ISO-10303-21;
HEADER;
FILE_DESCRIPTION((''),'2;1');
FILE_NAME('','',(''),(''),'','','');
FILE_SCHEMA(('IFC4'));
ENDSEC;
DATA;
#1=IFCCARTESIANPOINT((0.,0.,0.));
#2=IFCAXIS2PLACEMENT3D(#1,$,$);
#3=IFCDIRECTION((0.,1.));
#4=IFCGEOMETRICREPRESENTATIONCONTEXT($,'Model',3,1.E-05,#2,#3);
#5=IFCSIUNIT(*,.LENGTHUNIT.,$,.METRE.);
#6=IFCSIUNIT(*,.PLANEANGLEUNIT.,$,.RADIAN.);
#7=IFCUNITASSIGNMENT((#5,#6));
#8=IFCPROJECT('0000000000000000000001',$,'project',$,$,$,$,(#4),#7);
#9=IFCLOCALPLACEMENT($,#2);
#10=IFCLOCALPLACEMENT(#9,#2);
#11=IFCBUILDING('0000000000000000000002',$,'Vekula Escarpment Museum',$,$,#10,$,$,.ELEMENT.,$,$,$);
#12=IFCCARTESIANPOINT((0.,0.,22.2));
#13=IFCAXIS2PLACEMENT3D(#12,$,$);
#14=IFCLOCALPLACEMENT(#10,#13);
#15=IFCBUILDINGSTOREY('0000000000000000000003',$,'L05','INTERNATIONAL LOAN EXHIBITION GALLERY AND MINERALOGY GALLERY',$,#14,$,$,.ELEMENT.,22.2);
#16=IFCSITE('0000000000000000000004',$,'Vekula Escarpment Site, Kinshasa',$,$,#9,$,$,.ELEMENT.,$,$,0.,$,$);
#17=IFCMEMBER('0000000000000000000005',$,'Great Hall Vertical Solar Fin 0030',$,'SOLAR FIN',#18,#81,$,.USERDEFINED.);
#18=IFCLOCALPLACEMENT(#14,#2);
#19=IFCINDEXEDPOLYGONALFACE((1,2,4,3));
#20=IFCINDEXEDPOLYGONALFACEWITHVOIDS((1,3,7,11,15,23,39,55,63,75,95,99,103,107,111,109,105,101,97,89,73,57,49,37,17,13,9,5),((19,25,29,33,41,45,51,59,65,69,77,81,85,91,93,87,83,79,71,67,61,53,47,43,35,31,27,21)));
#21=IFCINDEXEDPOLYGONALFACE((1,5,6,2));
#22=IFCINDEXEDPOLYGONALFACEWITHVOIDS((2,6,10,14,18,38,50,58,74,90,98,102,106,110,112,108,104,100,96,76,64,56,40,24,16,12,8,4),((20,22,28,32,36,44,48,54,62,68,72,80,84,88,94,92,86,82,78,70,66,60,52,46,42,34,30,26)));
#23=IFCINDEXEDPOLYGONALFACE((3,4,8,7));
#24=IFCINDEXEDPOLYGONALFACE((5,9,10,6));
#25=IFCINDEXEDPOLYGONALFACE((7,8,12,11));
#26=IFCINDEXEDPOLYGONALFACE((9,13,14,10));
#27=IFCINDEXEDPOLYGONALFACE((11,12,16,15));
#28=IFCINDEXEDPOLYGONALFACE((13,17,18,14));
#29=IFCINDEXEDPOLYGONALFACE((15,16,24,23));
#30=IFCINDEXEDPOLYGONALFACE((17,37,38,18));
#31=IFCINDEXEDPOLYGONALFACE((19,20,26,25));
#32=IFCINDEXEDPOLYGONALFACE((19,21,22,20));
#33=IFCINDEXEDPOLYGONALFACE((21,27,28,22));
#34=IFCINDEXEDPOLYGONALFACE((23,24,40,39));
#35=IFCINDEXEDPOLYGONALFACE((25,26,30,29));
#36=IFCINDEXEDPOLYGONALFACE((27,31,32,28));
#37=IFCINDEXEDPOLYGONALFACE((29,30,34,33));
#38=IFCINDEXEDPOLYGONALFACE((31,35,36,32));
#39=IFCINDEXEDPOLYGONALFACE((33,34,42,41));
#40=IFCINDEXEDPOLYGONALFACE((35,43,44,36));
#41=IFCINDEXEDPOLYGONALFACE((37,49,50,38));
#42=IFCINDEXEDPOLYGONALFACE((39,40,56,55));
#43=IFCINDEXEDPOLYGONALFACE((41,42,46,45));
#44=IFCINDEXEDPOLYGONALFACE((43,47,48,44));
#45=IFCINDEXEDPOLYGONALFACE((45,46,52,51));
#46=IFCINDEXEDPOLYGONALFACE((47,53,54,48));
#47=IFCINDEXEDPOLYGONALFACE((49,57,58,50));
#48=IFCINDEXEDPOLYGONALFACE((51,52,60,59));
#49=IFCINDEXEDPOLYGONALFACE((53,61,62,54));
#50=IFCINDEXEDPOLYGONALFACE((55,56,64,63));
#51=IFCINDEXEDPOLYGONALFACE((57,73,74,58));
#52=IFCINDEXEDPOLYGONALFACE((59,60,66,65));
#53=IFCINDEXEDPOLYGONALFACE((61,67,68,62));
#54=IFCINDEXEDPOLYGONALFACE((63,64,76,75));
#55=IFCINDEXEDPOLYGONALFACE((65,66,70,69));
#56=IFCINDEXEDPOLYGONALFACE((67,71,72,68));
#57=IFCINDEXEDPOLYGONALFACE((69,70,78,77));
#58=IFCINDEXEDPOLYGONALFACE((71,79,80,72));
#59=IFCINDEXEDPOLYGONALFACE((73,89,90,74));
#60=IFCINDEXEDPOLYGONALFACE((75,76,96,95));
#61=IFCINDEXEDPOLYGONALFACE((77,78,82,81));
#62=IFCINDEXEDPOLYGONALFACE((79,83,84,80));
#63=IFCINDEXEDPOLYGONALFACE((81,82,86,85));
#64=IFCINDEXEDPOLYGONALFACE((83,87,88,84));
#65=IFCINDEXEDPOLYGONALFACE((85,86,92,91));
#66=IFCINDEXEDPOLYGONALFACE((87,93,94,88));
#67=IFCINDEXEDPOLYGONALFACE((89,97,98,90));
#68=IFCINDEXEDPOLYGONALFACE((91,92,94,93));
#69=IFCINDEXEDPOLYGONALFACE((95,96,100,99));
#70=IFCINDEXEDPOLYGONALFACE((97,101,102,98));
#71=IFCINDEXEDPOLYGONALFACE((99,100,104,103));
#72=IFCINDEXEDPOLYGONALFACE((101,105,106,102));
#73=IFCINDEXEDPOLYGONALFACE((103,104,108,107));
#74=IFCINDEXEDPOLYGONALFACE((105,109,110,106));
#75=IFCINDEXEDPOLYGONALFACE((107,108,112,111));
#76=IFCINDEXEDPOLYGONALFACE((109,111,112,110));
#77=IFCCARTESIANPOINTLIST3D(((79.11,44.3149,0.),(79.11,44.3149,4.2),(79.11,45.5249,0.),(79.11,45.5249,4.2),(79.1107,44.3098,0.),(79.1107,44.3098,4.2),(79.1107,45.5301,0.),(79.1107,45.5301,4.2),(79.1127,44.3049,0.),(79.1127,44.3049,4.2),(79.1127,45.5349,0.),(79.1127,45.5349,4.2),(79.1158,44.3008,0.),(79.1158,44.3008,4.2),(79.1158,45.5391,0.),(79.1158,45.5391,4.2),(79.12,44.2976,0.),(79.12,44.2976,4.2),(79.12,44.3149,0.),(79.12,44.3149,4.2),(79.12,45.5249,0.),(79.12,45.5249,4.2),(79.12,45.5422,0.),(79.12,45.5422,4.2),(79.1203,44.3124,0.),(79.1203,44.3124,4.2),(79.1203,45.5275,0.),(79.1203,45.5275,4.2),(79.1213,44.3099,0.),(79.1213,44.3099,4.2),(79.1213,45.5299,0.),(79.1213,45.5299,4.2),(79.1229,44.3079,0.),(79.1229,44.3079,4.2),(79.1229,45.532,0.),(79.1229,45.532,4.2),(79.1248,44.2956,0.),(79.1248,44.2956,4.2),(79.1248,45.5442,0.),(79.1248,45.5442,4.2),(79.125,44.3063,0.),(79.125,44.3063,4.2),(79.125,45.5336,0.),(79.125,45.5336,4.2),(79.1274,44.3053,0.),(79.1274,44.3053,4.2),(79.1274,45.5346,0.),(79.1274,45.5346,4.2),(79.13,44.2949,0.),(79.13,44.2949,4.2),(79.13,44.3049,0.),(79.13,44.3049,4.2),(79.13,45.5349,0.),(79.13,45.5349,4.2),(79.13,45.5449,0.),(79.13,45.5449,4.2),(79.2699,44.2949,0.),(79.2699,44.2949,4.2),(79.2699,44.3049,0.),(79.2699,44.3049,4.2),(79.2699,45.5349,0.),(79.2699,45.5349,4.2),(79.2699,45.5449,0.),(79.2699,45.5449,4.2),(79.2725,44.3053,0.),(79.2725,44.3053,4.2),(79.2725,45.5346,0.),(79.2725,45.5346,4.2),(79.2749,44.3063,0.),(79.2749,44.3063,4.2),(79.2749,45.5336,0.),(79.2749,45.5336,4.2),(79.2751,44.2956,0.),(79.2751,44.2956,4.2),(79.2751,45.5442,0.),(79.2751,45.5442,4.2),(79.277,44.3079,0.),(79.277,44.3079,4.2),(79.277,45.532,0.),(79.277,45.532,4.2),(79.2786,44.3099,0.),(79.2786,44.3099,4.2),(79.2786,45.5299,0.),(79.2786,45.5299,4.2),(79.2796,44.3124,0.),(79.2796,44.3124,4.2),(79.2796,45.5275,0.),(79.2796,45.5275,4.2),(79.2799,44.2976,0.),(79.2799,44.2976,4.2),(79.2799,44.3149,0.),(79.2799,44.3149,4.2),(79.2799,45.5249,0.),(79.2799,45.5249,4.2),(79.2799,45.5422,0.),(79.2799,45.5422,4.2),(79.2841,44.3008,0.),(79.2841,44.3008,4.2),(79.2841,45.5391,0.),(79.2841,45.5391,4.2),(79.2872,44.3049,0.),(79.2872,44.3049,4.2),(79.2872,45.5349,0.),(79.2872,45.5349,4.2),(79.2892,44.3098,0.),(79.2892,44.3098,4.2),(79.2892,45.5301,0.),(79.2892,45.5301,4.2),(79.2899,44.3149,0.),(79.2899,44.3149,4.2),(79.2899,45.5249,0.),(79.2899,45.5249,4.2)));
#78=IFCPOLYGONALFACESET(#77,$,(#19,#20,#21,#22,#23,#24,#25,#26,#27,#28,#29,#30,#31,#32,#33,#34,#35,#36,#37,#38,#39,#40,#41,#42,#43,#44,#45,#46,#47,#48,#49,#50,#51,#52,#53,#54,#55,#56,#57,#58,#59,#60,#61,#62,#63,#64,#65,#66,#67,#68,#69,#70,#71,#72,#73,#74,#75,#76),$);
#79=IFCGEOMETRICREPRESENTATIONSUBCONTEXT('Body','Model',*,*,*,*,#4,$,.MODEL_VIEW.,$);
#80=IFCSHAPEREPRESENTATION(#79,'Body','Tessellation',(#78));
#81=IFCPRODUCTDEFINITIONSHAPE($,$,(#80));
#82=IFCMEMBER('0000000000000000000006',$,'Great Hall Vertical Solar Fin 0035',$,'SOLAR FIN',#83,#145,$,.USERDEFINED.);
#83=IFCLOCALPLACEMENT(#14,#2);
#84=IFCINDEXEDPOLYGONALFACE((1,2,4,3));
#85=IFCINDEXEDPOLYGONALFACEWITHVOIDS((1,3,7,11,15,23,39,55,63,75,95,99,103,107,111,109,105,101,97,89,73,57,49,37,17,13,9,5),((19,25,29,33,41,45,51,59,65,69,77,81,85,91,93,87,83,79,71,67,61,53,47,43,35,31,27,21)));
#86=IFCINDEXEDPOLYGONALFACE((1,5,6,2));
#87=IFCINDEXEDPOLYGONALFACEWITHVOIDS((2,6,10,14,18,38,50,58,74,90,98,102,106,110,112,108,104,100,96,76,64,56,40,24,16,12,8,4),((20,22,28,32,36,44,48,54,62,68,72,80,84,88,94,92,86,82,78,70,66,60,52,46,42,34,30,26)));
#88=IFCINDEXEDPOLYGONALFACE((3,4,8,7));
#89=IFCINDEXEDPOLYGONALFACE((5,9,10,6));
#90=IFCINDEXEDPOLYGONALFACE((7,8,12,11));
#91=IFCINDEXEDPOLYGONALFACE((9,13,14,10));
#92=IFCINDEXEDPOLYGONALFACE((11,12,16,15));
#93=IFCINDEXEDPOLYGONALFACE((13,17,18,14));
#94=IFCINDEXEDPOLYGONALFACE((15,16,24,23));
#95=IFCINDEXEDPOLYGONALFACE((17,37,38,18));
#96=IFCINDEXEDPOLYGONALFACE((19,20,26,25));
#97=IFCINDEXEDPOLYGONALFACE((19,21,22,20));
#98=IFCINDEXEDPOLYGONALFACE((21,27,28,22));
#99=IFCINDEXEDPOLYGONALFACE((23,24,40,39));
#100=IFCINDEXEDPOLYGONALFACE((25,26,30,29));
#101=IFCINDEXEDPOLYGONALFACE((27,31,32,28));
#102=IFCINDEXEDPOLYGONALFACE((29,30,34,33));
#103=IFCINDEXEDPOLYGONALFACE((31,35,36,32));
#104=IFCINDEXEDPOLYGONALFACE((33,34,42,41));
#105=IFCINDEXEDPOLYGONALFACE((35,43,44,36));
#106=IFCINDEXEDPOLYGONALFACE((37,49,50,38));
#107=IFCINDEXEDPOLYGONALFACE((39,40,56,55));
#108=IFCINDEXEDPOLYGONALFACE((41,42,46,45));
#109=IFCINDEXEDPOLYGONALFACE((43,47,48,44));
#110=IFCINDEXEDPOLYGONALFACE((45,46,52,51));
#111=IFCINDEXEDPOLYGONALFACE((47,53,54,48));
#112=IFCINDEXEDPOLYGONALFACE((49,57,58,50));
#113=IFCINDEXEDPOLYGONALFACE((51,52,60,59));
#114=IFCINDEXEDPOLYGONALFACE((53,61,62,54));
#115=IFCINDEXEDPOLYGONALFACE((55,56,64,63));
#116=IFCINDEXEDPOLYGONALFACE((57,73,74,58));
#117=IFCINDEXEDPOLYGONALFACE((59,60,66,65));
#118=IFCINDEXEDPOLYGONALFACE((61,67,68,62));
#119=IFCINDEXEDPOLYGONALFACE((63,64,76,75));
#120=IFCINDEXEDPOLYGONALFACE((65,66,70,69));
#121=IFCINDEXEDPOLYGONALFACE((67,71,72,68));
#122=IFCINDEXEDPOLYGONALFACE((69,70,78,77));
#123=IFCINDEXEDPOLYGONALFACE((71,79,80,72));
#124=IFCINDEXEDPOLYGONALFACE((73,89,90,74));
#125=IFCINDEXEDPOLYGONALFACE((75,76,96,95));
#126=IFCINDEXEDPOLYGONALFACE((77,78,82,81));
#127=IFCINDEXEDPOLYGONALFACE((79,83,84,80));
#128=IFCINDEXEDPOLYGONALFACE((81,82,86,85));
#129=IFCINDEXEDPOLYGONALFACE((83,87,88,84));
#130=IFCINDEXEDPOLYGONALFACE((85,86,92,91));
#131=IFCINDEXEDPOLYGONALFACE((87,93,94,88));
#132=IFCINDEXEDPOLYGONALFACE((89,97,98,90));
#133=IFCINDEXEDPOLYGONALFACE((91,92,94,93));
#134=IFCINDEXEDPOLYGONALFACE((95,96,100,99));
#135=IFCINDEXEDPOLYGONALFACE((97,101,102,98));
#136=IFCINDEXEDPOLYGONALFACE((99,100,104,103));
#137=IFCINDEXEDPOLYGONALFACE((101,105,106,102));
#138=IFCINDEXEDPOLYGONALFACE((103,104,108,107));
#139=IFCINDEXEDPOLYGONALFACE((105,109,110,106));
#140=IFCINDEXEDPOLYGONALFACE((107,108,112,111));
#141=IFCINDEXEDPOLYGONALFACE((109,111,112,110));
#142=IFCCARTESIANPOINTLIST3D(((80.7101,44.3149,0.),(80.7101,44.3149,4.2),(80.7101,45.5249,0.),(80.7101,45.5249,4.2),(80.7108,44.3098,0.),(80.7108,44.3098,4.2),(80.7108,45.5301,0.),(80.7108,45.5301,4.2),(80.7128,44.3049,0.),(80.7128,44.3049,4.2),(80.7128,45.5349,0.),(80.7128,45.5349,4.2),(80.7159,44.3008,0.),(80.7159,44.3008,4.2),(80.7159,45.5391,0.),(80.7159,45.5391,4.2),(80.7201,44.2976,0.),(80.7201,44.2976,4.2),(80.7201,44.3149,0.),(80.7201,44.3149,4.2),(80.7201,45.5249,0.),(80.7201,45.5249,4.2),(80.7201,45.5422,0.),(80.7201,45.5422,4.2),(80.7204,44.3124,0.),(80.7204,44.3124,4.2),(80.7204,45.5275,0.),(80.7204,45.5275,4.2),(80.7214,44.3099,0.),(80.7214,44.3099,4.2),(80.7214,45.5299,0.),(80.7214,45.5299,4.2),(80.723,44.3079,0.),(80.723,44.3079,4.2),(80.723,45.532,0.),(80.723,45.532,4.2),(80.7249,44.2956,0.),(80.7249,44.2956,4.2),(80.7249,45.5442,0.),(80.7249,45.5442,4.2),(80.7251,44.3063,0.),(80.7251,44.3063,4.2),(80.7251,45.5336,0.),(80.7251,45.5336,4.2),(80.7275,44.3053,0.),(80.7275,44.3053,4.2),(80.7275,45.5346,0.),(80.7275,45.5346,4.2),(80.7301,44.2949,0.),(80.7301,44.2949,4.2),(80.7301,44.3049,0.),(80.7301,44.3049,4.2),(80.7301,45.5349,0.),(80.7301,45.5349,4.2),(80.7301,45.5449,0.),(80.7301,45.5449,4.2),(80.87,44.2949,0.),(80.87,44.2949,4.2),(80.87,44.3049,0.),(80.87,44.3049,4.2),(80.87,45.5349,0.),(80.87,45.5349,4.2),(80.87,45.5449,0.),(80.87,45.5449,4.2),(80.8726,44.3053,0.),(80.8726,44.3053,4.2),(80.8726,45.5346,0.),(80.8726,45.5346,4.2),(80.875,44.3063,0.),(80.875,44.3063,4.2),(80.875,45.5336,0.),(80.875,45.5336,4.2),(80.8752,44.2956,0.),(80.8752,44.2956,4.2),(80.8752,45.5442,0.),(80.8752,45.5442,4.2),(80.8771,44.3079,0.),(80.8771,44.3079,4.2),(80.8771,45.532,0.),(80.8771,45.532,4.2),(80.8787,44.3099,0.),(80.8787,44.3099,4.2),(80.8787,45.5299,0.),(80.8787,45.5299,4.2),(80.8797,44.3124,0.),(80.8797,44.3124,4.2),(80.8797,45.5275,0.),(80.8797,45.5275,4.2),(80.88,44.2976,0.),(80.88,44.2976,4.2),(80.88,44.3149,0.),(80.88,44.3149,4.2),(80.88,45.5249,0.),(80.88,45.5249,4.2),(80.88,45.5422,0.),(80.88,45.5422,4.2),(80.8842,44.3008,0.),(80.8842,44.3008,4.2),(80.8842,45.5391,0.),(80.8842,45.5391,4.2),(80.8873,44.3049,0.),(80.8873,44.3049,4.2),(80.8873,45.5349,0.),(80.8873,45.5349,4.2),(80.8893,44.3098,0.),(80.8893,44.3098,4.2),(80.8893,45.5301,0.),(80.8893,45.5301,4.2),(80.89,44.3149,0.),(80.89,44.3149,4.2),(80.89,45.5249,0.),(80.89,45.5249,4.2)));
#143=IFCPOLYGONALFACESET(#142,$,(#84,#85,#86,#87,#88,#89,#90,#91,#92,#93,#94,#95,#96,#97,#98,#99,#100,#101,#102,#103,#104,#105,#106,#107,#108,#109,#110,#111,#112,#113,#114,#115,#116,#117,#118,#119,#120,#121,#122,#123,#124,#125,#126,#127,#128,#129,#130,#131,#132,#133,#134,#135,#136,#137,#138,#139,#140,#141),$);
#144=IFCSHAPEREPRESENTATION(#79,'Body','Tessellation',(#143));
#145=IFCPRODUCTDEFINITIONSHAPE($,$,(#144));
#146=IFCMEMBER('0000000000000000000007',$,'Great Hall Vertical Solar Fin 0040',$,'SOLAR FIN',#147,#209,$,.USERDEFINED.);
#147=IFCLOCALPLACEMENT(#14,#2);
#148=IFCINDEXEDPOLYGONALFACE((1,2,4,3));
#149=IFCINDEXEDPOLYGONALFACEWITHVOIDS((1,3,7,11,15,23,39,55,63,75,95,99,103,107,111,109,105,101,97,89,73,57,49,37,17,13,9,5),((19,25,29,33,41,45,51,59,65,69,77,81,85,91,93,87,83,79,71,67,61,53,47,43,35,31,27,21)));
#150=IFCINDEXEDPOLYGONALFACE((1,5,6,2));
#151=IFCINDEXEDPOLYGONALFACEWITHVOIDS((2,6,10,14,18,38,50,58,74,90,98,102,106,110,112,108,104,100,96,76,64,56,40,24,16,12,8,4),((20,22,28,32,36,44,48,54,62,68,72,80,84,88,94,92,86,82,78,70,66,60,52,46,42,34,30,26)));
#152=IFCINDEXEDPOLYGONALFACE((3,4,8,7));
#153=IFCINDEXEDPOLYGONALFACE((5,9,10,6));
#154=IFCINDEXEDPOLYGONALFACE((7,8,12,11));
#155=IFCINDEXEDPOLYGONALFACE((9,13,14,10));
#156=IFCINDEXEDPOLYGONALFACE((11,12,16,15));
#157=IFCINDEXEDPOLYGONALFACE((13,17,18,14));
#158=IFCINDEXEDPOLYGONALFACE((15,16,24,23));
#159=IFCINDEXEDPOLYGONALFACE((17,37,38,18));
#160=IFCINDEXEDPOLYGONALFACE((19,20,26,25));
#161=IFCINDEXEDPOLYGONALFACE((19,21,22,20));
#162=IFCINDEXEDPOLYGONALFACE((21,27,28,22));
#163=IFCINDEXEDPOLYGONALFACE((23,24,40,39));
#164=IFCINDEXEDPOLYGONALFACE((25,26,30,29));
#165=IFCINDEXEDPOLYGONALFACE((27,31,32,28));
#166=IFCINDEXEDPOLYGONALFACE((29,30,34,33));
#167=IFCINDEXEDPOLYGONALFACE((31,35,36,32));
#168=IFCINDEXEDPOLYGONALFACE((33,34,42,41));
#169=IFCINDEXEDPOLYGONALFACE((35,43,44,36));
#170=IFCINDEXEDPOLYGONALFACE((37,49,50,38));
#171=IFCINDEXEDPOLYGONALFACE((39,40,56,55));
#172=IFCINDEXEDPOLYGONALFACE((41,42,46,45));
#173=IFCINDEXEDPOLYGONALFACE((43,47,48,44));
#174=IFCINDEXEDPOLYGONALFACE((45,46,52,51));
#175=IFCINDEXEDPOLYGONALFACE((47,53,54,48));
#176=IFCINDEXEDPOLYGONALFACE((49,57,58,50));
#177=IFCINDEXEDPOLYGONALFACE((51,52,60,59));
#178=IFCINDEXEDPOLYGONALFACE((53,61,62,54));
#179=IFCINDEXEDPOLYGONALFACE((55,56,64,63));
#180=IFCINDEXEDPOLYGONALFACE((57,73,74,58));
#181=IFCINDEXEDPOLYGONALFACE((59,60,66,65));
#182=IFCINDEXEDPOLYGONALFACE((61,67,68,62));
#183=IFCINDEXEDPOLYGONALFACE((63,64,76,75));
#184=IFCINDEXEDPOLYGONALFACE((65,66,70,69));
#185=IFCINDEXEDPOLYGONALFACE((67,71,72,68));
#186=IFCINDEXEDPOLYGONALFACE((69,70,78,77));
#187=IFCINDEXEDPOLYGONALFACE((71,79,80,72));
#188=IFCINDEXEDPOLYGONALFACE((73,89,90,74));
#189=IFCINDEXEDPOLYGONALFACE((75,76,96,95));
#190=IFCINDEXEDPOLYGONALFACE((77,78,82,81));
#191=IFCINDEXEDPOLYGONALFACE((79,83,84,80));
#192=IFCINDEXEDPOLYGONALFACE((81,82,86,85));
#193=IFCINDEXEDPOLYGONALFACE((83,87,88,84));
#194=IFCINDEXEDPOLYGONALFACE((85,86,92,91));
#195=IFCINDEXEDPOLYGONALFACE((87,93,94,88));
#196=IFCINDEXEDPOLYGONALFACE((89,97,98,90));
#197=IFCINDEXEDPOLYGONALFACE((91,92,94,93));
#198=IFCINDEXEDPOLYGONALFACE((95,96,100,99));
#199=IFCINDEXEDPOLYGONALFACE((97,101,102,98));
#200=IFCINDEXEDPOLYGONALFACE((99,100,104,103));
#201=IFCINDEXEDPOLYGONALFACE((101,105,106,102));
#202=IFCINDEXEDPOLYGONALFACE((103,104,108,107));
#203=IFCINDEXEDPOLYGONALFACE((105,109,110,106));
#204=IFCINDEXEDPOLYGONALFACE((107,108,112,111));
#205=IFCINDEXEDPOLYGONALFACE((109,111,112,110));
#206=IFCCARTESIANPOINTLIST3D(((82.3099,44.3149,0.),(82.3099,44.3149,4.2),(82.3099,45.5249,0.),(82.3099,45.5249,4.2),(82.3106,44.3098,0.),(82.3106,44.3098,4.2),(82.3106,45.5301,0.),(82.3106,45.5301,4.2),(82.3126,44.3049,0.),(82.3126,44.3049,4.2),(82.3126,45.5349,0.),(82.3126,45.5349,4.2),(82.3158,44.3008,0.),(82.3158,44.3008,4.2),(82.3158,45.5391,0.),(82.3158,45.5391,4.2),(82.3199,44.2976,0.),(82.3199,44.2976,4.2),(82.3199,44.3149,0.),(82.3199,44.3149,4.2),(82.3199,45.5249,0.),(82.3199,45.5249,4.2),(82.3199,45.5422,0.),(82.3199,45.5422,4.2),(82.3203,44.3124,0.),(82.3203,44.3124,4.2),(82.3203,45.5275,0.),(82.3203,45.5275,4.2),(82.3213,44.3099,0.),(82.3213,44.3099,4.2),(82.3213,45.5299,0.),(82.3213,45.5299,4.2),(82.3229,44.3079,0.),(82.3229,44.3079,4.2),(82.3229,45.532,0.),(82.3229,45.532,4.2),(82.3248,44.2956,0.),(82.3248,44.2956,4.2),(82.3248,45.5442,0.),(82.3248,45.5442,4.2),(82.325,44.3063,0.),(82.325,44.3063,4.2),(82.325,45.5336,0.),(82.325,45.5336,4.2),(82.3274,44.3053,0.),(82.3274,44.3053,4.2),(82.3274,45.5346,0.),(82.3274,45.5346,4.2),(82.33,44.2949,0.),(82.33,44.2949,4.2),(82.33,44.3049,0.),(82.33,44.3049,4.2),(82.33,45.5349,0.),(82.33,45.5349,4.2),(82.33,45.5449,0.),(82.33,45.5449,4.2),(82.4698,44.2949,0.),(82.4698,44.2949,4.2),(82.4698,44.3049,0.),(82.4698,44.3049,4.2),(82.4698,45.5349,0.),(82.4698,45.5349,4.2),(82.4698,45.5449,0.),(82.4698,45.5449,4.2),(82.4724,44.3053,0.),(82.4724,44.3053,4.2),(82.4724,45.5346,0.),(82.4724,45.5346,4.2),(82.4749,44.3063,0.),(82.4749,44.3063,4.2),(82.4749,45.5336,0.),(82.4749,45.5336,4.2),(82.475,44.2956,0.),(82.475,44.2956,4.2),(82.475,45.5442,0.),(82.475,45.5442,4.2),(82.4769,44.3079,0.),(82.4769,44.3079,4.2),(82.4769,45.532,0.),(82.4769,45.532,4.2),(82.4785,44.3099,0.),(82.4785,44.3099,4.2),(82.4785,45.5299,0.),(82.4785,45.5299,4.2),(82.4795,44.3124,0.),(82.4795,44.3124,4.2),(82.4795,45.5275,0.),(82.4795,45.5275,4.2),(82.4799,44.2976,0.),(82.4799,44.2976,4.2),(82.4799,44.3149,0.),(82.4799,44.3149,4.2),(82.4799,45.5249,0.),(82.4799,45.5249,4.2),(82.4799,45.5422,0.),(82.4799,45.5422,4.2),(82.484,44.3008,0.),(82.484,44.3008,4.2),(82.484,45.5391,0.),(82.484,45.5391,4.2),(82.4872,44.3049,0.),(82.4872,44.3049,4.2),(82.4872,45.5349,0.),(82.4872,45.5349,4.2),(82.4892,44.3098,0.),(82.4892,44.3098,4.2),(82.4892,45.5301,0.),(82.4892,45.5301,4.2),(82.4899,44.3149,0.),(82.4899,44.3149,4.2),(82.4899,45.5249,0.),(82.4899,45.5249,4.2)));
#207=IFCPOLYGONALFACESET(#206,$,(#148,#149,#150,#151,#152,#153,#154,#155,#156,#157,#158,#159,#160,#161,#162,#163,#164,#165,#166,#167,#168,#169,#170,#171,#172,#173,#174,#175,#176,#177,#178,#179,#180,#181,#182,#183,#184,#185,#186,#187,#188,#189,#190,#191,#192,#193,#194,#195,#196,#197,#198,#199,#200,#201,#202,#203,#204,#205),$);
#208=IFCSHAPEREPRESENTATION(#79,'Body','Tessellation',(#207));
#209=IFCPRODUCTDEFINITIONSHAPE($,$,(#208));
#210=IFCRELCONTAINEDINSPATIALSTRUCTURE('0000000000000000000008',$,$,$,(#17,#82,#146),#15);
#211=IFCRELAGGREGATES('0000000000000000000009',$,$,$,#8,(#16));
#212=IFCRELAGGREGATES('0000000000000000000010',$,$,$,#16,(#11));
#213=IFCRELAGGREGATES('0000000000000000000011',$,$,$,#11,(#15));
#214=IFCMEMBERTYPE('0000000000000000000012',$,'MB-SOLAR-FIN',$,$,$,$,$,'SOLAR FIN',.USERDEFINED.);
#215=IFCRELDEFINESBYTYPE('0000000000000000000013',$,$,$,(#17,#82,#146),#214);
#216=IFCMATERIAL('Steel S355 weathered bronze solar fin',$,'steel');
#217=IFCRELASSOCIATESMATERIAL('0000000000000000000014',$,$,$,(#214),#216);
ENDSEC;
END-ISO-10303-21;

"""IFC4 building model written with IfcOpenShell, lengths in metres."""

from ifc_helpers import new_model, si_unit, direction, frame, origin, origin_2d, place, context, subcontext, project, spatial, hollow_rectangle, extrude, material, material_profile, profile_set, type_object, element, save


model = new_model("IFC4")

# Units and contexts
model_context = context("Model", 3, precision=1e-05, world=origin(), true_north=direction((0.0, 1.0)))
body_context = subcontext(model_context, "Body", "Model", "MODEL_VIEW")
ifc_project = project(units=[si_unit("LENGTHUNIT", "METRE"), si_unit("PLANEANGLEUNIT", "RADIAN")], contexts=[model_context])

# Site, building, storey
site_placement = place(None, origin())
site = spatial("IfcSite", under=ifc_project, at=site_placement, Name="Vekula Escarpment Site, Kinshasa", CompositionType="ELEMENT", RefElevation=0.0)
building_placement = place(site_placement, origin())
building = spatial("IfcBuilding", under=site, at=building_placement, Name="Vekula Escarpment Museum", CompositionType="ELEMENT")
storey_placement = place(building_placement, frame((0.0, 0.0, 22.2)))
storey = spatial("IfcBuildingStorey", under=building, at=storey_placement, Name="L05", Description="INTERNATIONAL LOAN EXHIBITION GALLERY AND MINERALOGY GALLERY", CompositionType="ELEMENT", Elevation=22.2)

# Members
ifc_material_1 = material(Name="Steel S355 weathered bronze solar fin", Category="steel")
ifc_material_profile_1 = material_profile(ifc_material_1, hollow_rectangle(XDim=0.1799, YDim=1.25, WallThickness=0.01, InnerFilletRadius=0.01, OuterFilletRadius=0.02, at=origin_2d()), Name="RHS 1250x180x10")
ifc_profile_set_1 = profile_set([ifc_material_profile_1], Name="Steel S355 weathered bronze solar fin")
member_type_1 = type_object("IfcMemberType", Name="MB-SOLAR-FIN", ElementType="SOLAR FIN", PredefinedType="USERDEFINED", material=ifc_profile_set_1)
for number, where, z_axis, x_axis, name in (
    (1, (79.2, 44.9199, 0.0), (0.0, 0.0, 1.0), (1.0, 0.0, 0.0), "Great Hall Vertical Solar Fin 0030"),
    (2, (80.8, 44.9199, 0.0), (0.0, 0.0, 1.0), (1.0, 0.0, 0.0), "Great Hall Vertical Solar Fin 0035"),
    (3, (82.3999, 44.9199, 0.0), (0.0, 0.0, 1.0), (1.0, 0.0, 0.0), "Great Hall Vertical Solar Fin 0040"),
):
    element("IfcMember", number, at=place(storey_placement, frame(where, z_axis=z_axis, x_axis=x_axis)), inside=storey, type_object=member_type_1, Name=name, ObjectType="SOLAR FIN", PredefinedType="USERDEFINED", context=body_context, shape_type="SweptSolid", body=[
        extrude(hollow_rectangle(XDim=0.1799, YDim=1.25, WallThickness=0.01, InnerFilletRadius=0.01, OuterFilletRadius=0.02, at=origin_2d()), origin(), (0.0, 0.0, 1.0), 4.2),
    ])

save(model, "model.ifc")
